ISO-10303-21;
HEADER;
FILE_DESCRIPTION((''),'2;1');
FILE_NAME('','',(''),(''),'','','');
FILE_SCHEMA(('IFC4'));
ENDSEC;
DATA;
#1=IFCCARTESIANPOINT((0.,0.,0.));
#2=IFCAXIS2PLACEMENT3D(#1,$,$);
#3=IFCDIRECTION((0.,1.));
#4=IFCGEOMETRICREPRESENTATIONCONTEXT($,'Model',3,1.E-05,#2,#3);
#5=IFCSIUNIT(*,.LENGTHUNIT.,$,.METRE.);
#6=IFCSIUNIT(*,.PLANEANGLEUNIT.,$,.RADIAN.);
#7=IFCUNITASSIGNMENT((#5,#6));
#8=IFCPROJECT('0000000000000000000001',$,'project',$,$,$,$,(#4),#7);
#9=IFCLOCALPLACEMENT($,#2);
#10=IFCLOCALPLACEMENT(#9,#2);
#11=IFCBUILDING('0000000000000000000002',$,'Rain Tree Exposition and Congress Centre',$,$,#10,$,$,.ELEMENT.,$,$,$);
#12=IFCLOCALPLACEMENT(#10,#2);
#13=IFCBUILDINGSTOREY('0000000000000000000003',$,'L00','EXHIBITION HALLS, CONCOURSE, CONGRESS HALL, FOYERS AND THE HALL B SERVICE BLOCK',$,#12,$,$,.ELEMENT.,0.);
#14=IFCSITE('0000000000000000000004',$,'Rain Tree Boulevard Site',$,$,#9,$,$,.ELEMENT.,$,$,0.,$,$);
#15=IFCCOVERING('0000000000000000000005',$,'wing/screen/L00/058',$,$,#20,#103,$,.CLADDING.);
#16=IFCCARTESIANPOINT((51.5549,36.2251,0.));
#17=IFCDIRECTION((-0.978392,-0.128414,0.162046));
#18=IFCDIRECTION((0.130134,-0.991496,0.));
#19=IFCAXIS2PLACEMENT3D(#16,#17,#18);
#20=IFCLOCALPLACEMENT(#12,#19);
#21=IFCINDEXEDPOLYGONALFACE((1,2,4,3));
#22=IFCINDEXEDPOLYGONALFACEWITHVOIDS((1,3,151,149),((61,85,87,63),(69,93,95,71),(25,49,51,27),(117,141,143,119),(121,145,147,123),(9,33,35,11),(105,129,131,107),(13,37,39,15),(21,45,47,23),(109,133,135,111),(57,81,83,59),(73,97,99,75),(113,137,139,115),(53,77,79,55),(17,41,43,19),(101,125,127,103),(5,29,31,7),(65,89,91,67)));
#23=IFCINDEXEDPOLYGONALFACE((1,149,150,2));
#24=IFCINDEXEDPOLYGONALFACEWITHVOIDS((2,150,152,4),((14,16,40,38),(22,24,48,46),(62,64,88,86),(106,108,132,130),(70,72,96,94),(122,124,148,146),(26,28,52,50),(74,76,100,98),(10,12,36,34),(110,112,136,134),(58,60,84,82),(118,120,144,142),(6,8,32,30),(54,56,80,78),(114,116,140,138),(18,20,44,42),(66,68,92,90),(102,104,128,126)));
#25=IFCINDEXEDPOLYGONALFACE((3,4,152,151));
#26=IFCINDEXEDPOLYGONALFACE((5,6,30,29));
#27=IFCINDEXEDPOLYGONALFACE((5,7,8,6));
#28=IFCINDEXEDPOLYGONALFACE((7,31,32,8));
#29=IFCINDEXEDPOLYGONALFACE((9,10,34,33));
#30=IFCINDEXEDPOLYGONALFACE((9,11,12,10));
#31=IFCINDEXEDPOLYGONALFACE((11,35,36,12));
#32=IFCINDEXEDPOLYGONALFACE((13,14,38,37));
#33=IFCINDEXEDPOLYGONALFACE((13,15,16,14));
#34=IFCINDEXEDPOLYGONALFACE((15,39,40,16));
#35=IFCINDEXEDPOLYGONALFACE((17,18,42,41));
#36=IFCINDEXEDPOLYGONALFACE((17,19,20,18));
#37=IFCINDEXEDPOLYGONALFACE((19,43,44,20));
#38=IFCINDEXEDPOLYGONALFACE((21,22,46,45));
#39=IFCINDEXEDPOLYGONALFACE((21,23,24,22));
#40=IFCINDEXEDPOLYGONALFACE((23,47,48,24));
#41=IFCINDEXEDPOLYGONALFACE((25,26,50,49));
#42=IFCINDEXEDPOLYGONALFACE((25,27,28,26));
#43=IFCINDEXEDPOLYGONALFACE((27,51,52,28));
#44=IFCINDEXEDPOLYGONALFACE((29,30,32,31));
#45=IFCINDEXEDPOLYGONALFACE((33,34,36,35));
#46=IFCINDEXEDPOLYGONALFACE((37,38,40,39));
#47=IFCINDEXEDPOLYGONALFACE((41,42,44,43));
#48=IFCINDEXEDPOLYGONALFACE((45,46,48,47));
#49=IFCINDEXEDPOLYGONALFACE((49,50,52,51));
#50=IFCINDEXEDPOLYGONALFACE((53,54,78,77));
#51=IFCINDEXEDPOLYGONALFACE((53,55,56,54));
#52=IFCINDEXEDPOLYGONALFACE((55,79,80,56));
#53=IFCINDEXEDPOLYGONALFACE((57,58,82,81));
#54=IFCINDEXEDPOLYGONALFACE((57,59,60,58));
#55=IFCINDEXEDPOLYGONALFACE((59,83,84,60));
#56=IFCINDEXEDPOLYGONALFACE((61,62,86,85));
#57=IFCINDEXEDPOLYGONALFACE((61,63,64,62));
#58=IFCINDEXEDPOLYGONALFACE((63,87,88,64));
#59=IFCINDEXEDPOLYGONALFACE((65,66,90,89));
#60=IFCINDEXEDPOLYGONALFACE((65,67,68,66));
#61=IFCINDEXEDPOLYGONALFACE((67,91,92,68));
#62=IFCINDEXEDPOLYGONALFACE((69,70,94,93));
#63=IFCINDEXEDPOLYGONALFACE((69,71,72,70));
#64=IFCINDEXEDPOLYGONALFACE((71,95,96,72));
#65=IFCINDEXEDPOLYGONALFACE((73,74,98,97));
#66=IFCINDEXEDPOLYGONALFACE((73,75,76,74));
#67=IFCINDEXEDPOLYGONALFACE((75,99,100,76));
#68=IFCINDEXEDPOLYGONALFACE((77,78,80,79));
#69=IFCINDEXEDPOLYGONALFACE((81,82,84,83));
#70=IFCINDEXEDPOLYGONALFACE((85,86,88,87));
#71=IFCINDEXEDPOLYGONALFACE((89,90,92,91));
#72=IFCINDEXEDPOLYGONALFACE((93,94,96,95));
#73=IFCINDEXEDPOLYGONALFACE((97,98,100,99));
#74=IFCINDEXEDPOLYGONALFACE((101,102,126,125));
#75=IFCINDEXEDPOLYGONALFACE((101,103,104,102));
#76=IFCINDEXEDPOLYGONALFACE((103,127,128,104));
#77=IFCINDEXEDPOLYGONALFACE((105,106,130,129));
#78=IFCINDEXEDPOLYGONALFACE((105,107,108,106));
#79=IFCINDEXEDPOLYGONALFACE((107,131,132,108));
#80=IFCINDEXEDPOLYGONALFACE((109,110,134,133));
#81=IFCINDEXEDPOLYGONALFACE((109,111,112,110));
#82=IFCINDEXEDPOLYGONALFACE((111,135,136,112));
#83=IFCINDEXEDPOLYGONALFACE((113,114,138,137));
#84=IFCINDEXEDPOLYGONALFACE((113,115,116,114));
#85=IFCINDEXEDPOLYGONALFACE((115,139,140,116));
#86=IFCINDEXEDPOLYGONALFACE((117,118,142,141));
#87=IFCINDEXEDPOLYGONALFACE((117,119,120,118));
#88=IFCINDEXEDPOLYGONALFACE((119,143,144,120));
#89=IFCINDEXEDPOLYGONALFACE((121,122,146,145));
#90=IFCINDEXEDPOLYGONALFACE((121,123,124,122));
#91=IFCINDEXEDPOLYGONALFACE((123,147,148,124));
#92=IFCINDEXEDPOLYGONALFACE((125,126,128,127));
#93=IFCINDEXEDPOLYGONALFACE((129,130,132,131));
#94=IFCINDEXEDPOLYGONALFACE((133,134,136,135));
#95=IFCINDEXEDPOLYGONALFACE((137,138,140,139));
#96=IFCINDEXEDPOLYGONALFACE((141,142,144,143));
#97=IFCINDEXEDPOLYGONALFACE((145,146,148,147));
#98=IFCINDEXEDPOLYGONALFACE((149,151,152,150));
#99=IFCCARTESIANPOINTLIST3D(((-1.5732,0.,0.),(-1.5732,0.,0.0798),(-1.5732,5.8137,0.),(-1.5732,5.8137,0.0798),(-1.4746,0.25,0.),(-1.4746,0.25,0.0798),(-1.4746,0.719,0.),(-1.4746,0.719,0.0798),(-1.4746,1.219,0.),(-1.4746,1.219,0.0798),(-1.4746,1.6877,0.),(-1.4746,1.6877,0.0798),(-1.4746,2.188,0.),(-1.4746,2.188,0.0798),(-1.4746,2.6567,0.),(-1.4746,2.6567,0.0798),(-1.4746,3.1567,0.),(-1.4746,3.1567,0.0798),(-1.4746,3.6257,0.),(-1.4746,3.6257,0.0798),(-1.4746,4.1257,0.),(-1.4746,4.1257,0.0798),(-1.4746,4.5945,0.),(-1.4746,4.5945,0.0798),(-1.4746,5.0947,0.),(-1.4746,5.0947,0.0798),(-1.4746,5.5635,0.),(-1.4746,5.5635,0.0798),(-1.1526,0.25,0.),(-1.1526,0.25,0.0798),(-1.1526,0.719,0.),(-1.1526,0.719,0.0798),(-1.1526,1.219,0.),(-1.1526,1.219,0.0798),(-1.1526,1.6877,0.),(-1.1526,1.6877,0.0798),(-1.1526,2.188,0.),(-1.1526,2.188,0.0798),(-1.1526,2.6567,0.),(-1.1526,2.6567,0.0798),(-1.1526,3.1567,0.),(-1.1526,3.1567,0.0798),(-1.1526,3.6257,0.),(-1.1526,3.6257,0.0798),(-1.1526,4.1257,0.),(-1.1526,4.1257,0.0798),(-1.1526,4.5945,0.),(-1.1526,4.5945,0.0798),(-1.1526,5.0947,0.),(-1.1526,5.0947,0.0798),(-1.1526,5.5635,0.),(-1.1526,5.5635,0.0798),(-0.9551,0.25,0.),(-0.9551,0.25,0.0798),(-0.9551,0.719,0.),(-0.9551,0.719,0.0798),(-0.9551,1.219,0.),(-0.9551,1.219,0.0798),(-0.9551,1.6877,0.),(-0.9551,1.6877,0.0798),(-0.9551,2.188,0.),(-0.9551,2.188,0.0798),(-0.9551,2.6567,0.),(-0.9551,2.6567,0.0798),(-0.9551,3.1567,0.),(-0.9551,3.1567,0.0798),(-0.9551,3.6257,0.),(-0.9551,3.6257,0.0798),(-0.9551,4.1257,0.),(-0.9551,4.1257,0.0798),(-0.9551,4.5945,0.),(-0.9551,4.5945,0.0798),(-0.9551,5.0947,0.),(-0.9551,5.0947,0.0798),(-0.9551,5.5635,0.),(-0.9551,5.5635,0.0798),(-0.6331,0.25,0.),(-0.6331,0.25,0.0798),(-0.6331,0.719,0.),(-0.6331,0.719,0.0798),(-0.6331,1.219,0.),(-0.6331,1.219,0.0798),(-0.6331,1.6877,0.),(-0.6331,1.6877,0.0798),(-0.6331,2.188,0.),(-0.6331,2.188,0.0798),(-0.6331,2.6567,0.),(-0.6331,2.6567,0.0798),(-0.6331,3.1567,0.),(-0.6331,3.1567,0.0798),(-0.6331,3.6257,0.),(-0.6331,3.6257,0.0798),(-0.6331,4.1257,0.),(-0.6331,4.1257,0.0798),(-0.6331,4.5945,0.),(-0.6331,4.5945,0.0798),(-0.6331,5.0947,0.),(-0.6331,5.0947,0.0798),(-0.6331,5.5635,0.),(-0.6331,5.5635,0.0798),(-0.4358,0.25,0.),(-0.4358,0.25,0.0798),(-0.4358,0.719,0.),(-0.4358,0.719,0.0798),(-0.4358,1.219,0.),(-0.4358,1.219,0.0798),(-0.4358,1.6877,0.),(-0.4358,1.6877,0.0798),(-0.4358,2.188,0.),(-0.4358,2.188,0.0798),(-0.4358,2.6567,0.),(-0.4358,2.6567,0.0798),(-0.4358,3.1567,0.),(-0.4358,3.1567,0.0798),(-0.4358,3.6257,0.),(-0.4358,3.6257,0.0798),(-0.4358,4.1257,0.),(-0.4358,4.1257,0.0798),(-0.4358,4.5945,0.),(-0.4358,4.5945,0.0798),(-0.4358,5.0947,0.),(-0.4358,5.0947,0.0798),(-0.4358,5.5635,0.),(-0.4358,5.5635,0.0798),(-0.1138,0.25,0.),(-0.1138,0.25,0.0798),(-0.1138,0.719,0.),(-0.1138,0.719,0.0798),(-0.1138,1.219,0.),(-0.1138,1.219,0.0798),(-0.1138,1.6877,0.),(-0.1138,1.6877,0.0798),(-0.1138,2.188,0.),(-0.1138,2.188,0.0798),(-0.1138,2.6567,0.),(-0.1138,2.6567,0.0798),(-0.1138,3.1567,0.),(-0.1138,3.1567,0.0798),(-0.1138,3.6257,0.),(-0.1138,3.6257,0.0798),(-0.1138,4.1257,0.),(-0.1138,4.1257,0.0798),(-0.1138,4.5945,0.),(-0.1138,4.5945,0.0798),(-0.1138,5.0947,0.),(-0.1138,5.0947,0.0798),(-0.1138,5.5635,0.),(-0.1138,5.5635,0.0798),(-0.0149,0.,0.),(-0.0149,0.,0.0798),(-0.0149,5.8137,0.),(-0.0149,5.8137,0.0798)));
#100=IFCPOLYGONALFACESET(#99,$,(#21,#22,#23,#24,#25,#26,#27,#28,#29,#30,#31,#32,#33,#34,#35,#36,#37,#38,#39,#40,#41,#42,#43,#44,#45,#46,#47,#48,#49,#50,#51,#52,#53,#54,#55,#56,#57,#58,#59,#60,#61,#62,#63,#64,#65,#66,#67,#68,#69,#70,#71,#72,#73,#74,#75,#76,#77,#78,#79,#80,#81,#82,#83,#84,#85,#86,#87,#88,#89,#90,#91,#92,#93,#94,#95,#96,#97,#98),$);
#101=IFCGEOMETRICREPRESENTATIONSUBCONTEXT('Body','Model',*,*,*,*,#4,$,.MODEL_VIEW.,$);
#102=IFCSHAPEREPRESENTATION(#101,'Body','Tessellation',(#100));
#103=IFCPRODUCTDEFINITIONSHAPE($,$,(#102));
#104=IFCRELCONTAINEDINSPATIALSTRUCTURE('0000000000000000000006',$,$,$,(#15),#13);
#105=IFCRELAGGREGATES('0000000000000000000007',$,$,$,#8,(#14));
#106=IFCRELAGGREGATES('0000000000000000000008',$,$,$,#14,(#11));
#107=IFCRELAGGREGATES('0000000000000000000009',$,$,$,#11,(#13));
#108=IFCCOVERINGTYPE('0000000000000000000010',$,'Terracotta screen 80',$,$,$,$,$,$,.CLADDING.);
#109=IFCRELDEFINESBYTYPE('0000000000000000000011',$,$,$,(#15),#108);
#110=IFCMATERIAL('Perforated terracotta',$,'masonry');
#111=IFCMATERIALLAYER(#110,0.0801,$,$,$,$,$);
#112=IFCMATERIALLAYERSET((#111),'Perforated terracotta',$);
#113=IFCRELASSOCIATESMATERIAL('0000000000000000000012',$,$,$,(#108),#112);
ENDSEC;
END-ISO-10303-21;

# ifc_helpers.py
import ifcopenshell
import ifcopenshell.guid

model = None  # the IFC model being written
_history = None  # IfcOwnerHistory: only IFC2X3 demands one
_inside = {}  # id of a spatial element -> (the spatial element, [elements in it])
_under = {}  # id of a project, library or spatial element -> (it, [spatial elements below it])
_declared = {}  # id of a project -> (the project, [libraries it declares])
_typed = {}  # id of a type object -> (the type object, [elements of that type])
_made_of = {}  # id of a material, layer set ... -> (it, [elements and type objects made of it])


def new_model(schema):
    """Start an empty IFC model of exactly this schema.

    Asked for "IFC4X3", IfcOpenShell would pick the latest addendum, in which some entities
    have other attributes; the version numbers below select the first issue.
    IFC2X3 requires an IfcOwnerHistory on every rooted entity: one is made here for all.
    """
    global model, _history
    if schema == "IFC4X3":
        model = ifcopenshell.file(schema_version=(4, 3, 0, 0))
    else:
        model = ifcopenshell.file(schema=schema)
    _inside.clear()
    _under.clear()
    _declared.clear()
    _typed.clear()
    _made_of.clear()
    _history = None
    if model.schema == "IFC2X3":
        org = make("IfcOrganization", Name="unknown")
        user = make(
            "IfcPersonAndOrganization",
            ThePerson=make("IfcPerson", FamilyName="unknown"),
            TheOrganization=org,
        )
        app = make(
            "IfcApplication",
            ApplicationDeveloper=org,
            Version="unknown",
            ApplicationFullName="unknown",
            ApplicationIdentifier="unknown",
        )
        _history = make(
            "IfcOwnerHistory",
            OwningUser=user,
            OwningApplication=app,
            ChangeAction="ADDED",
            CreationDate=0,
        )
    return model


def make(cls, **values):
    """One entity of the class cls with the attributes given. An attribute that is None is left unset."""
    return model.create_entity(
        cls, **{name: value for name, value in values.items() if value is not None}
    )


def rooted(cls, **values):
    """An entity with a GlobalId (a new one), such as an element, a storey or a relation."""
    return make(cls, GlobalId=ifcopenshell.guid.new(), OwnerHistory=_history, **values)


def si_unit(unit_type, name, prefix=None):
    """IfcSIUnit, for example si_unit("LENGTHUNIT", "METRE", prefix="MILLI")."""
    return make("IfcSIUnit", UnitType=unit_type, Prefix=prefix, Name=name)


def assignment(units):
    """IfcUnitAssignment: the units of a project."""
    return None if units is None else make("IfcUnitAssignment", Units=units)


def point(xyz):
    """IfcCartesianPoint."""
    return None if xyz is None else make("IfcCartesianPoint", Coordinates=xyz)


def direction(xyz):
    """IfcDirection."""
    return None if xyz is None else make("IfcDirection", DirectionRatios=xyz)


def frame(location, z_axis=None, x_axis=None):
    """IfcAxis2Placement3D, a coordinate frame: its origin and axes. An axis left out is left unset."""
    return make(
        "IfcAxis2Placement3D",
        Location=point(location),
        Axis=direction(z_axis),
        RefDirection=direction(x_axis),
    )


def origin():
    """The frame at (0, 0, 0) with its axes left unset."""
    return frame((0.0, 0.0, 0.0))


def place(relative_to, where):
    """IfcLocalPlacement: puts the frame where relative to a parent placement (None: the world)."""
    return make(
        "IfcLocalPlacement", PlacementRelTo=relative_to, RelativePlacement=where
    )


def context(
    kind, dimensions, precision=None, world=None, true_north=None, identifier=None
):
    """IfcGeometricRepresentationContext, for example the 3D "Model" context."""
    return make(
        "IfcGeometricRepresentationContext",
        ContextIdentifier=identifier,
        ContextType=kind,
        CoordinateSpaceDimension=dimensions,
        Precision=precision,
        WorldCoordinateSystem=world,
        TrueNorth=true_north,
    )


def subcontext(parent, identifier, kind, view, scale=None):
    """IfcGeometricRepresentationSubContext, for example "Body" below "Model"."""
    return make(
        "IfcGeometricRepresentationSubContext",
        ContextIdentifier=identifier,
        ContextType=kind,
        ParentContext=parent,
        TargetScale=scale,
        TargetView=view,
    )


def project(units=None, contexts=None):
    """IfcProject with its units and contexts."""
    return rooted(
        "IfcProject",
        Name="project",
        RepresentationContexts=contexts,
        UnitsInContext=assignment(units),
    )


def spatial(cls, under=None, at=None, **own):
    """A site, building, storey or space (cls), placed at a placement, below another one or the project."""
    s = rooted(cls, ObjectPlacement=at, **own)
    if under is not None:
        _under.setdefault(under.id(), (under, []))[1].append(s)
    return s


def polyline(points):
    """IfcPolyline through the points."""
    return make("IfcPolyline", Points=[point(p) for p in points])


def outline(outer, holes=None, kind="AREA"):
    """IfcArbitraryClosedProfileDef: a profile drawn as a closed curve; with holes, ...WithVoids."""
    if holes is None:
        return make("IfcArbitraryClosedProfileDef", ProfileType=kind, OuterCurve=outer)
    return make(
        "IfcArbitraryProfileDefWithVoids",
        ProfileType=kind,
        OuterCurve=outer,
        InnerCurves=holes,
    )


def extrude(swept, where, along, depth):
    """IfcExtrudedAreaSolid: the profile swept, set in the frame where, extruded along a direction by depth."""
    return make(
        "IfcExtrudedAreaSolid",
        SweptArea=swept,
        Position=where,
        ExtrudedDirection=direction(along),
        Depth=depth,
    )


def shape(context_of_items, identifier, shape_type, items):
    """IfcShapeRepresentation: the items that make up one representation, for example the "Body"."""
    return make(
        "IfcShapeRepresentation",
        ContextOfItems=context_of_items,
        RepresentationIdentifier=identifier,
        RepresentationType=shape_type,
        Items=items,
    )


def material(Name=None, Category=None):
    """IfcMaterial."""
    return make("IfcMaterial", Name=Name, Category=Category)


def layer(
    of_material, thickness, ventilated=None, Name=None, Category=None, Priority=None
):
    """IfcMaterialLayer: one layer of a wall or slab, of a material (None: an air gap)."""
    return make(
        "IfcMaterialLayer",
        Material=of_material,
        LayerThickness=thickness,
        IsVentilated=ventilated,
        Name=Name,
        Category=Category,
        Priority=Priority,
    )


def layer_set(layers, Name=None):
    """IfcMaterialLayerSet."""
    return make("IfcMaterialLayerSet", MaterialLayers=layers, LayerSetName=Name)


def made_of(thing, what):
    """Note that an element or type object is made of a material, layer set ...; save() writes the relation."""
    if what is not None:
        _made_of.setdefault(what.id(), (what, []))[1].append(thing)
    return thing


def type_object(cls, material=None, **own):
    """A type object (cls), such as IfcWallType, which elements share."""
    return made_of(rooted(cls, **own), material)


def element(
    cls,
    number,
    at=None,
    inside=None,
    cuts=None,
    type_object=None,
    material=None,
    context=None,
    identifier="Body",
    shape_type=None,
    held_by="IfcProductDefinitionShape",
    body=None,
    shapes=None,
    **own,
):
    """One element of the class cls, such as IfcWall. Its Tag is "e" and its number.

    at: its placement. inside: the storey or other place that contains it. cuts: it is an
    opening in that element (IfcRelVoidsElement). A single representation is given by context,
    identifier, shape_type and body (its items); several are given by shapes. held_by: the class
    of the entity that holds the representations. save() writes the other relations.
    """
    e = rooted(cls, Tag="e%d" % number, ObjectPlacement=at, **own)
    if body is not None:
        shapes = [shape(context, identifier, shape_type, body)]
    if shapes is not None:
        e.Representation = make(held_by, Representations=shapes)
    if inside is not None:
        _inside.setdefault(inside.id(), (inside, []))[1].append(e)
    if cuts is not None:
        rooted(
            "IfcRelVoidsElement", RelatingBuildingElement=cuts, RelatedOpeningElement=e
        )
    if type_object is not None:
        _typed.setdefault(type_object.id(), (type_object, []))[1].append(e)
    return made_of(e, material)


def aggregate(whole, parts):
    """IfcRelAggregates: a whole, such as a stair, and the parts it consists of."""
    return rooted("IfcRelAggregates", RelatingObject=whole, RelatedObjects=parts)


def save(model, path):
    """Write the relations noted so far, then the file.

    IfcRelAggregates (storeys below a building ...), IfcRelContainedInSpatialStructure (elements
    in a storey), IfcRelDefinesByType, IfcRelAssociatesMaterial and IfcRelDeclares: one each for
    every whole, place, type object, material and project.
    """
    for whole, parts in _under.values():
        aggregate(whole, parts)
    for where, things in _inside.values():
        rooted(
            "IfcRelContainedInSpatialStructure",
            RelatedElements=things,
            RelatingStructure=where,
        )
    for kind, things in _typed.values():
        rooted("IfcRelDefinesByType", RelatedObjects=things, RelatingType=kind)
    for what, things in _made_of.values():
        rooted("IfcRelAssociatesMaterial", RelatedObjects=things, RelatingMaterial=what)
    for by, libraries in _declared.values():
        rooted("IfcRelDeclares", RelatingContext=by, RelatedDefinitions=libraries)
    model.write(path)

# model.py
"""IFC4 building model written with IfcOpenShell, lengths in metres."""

from ifc_helpers import new_model, si_unit, direction, frame, origin, place, context, subcontext, project, spatial, polyline, outline, extrude, material, layer, layer_set, type_object, element, save


model = new_model("IFC4")

# Units and contexts
model_context = context("Model", 3, precision=1e-05, world=origin(), true_north=direction((0.0, 1.0)))
body_context = subcontext(model_context, "Body", "Model", "MODEL_VIEW")
ifc_project = project(units=[si_unit("LENGTHUNIT", "METRE"), si_unit("PLANEANGLEUNIT", "RADIAN")], contexts=[model_context])

# Site, building, storey
site_placement = place(None, origin())
site = spatial("IfcSite", under=ifc_project, at=site_placement, Name="Rain Tree Boulevard Site", CompositionType="ELEMENT", RefElevation=0.0)
building_placement = place(site_placement, origin())
building = spatial("IfcBuilding", under=site, at=building_placement, Name="Rain Tree Exposition and Congress Centre", CompositionType="ELEMENT")
storey_placement = place(building_placement, origin())
storey = spatial("IfcBuildingStorey", under=building, at=storey_placement, Name="L00", Description="EXHIBITION HALLS, CONCOURSE, CONGRESS HALL, FOYERS AND THE HALL B SERVICE BLOCK", CompositionType="ELEMENT", Elevation=0.0)

# Covering
ifc_material_1 = material(Name="Perforated terracotta", Category="masonry")
ifc_layer_1 = layer(ifc_material_1, 0.0801)
ifc_layer_set_1 = layer_set([ifc_layer_1], Name="Perforated terracotta")
covering_type = type_object("IfcCoveringType", Name="Terracotta screen 80", PredefinedType="CLADDING", material=ifc_layer_set_1)
covering_1_placement = place(storey_placement, frame((51.5549, 36.2251, 0.0), z_axis=(-0.978392, -0.128414, 0.162046), x_axis=(0.130134, -0.991496, 0.0)))
element("IfcCovering", 1, at=covering_1_placement, inside=storey, type_object=covering_type, Name="wing/screen/L00/058", PredefinedType="CLADDING", context=body_context, shape_type="SweptSolid", body=[
    extrude(outline(polyline([(-0.0149, 5.8137), (-0.0149, 0.0), (-1.5732, 0.0), (-1.5732, 5.8137), (-0.0149, 5.8137)]), holes=[polyline([(-0.1138, 0.25), (-0.1138, 0.719), (-0.4358, 0.719), (-0.4358, 0.25), (-0.1138, 0.25)]), polyline([(-0.1138, 1.219), (-0.1138, 1.6877), (-0.4358, 1.6877), (-0.4358, 1.219), (-0.1138, 1.219)]), polyline([(-0.1138, 2.188), (-0.1138, 2.6567), (-0.4358, 2.6567), (-0.4358, 2.188), (-0.1138, 2.188)]), polyline([(-0.1138, 3.1567), (-0.1138, 3.6257), (-0.4358, 3.6257), (-0.4358, 3.1567), (-0.1138, 3.1567)]), polyline([(-0.1138, 4.1257), (-0.1138, 4.5945), (-0.4358, 4.5945), (-0.4358, 4.1257), (-0.1138, 4.1257)]), polyline([(-0.1138, 5.0947), (-0.1138, 5.5635), (-0.4358, 5.5635), (-0.4358, 5.0947), (-0.1138, 5.0947)]), polyline([(-0.6331, 0.25), (-0.6331, 0.719), (-0.9551, 0.719), (-0.9551, 0.25), (-0.6331, 0.25)]), polyline([(-0.6331, 1.219), (-0.6331, 1.6877), (-0.9551, 1.6877), (-0.9551, 1.219), (-0.6331, 1.219)]), polyline([(-0.6331, 2.188), (-0.6331, 2.6567), (-0.9551, 2.6567), (-0.9551, 2.188), (-0.6331, 2.188)]), polyline([(-0.6331, 3.1567), (-0.6331, 3.6257), (-0.9551, 3.6257), (-0.9551, 3.1567), (-0.6331, 3.1567)]), polyline([(-0.6331, 4.1257), (-0.6331, 4.5945), (-0.9551, 4.5945), (-0.9551, 4.1257), (-0.6331, 4.1257)]), polyline([(-0.6331, 5.0947), (-0.6331, 5.5635), (-0.9551, 5.5635), (-0.9551, 5.0947), (-0.6331, 5.0947)]), polyline([(-1.1526, 0.25), (-1.1526, 0.719), (-1.4746, 0.719), (-1.4746, 0.25), (-1.1526, 0.25)]), polyline([(-1.1526, 1.219), (-1.1526, 1.6877), (-1.4746, 1.6877), (-1.4746, 1.219), (-1.1526, 1.219)]), polyline([(-1.1526, 2.188), (-1.1526, 2.6567), (-1.4746, 2.6567), (-1.4746, 2.188), (-1.1526, 2.188)]), polyline([(-1.1526, 3.1567), (-1.1526, 3.6257), (-1.4746, 3.6257), (-1.4746, 3.1567), (-1.1526, 3.1567)]), polyline([(-1.1526, 4.1257), (-1.1526, 4.5945), (-1.4746, 4.5945), (-1.4746, 4.1257), (-1.1526, 4.1257)]), polyline([(-1.1526, 5.0947), (-1.1526, 5.5635), (-1.4746, 5.5635), (-1.4746, 5.0947), (-1.1526, 5.0947)])]), origin(), (0.0, 0.0, 1.0), 0.0798),
])

save(model, "model.ifc")
